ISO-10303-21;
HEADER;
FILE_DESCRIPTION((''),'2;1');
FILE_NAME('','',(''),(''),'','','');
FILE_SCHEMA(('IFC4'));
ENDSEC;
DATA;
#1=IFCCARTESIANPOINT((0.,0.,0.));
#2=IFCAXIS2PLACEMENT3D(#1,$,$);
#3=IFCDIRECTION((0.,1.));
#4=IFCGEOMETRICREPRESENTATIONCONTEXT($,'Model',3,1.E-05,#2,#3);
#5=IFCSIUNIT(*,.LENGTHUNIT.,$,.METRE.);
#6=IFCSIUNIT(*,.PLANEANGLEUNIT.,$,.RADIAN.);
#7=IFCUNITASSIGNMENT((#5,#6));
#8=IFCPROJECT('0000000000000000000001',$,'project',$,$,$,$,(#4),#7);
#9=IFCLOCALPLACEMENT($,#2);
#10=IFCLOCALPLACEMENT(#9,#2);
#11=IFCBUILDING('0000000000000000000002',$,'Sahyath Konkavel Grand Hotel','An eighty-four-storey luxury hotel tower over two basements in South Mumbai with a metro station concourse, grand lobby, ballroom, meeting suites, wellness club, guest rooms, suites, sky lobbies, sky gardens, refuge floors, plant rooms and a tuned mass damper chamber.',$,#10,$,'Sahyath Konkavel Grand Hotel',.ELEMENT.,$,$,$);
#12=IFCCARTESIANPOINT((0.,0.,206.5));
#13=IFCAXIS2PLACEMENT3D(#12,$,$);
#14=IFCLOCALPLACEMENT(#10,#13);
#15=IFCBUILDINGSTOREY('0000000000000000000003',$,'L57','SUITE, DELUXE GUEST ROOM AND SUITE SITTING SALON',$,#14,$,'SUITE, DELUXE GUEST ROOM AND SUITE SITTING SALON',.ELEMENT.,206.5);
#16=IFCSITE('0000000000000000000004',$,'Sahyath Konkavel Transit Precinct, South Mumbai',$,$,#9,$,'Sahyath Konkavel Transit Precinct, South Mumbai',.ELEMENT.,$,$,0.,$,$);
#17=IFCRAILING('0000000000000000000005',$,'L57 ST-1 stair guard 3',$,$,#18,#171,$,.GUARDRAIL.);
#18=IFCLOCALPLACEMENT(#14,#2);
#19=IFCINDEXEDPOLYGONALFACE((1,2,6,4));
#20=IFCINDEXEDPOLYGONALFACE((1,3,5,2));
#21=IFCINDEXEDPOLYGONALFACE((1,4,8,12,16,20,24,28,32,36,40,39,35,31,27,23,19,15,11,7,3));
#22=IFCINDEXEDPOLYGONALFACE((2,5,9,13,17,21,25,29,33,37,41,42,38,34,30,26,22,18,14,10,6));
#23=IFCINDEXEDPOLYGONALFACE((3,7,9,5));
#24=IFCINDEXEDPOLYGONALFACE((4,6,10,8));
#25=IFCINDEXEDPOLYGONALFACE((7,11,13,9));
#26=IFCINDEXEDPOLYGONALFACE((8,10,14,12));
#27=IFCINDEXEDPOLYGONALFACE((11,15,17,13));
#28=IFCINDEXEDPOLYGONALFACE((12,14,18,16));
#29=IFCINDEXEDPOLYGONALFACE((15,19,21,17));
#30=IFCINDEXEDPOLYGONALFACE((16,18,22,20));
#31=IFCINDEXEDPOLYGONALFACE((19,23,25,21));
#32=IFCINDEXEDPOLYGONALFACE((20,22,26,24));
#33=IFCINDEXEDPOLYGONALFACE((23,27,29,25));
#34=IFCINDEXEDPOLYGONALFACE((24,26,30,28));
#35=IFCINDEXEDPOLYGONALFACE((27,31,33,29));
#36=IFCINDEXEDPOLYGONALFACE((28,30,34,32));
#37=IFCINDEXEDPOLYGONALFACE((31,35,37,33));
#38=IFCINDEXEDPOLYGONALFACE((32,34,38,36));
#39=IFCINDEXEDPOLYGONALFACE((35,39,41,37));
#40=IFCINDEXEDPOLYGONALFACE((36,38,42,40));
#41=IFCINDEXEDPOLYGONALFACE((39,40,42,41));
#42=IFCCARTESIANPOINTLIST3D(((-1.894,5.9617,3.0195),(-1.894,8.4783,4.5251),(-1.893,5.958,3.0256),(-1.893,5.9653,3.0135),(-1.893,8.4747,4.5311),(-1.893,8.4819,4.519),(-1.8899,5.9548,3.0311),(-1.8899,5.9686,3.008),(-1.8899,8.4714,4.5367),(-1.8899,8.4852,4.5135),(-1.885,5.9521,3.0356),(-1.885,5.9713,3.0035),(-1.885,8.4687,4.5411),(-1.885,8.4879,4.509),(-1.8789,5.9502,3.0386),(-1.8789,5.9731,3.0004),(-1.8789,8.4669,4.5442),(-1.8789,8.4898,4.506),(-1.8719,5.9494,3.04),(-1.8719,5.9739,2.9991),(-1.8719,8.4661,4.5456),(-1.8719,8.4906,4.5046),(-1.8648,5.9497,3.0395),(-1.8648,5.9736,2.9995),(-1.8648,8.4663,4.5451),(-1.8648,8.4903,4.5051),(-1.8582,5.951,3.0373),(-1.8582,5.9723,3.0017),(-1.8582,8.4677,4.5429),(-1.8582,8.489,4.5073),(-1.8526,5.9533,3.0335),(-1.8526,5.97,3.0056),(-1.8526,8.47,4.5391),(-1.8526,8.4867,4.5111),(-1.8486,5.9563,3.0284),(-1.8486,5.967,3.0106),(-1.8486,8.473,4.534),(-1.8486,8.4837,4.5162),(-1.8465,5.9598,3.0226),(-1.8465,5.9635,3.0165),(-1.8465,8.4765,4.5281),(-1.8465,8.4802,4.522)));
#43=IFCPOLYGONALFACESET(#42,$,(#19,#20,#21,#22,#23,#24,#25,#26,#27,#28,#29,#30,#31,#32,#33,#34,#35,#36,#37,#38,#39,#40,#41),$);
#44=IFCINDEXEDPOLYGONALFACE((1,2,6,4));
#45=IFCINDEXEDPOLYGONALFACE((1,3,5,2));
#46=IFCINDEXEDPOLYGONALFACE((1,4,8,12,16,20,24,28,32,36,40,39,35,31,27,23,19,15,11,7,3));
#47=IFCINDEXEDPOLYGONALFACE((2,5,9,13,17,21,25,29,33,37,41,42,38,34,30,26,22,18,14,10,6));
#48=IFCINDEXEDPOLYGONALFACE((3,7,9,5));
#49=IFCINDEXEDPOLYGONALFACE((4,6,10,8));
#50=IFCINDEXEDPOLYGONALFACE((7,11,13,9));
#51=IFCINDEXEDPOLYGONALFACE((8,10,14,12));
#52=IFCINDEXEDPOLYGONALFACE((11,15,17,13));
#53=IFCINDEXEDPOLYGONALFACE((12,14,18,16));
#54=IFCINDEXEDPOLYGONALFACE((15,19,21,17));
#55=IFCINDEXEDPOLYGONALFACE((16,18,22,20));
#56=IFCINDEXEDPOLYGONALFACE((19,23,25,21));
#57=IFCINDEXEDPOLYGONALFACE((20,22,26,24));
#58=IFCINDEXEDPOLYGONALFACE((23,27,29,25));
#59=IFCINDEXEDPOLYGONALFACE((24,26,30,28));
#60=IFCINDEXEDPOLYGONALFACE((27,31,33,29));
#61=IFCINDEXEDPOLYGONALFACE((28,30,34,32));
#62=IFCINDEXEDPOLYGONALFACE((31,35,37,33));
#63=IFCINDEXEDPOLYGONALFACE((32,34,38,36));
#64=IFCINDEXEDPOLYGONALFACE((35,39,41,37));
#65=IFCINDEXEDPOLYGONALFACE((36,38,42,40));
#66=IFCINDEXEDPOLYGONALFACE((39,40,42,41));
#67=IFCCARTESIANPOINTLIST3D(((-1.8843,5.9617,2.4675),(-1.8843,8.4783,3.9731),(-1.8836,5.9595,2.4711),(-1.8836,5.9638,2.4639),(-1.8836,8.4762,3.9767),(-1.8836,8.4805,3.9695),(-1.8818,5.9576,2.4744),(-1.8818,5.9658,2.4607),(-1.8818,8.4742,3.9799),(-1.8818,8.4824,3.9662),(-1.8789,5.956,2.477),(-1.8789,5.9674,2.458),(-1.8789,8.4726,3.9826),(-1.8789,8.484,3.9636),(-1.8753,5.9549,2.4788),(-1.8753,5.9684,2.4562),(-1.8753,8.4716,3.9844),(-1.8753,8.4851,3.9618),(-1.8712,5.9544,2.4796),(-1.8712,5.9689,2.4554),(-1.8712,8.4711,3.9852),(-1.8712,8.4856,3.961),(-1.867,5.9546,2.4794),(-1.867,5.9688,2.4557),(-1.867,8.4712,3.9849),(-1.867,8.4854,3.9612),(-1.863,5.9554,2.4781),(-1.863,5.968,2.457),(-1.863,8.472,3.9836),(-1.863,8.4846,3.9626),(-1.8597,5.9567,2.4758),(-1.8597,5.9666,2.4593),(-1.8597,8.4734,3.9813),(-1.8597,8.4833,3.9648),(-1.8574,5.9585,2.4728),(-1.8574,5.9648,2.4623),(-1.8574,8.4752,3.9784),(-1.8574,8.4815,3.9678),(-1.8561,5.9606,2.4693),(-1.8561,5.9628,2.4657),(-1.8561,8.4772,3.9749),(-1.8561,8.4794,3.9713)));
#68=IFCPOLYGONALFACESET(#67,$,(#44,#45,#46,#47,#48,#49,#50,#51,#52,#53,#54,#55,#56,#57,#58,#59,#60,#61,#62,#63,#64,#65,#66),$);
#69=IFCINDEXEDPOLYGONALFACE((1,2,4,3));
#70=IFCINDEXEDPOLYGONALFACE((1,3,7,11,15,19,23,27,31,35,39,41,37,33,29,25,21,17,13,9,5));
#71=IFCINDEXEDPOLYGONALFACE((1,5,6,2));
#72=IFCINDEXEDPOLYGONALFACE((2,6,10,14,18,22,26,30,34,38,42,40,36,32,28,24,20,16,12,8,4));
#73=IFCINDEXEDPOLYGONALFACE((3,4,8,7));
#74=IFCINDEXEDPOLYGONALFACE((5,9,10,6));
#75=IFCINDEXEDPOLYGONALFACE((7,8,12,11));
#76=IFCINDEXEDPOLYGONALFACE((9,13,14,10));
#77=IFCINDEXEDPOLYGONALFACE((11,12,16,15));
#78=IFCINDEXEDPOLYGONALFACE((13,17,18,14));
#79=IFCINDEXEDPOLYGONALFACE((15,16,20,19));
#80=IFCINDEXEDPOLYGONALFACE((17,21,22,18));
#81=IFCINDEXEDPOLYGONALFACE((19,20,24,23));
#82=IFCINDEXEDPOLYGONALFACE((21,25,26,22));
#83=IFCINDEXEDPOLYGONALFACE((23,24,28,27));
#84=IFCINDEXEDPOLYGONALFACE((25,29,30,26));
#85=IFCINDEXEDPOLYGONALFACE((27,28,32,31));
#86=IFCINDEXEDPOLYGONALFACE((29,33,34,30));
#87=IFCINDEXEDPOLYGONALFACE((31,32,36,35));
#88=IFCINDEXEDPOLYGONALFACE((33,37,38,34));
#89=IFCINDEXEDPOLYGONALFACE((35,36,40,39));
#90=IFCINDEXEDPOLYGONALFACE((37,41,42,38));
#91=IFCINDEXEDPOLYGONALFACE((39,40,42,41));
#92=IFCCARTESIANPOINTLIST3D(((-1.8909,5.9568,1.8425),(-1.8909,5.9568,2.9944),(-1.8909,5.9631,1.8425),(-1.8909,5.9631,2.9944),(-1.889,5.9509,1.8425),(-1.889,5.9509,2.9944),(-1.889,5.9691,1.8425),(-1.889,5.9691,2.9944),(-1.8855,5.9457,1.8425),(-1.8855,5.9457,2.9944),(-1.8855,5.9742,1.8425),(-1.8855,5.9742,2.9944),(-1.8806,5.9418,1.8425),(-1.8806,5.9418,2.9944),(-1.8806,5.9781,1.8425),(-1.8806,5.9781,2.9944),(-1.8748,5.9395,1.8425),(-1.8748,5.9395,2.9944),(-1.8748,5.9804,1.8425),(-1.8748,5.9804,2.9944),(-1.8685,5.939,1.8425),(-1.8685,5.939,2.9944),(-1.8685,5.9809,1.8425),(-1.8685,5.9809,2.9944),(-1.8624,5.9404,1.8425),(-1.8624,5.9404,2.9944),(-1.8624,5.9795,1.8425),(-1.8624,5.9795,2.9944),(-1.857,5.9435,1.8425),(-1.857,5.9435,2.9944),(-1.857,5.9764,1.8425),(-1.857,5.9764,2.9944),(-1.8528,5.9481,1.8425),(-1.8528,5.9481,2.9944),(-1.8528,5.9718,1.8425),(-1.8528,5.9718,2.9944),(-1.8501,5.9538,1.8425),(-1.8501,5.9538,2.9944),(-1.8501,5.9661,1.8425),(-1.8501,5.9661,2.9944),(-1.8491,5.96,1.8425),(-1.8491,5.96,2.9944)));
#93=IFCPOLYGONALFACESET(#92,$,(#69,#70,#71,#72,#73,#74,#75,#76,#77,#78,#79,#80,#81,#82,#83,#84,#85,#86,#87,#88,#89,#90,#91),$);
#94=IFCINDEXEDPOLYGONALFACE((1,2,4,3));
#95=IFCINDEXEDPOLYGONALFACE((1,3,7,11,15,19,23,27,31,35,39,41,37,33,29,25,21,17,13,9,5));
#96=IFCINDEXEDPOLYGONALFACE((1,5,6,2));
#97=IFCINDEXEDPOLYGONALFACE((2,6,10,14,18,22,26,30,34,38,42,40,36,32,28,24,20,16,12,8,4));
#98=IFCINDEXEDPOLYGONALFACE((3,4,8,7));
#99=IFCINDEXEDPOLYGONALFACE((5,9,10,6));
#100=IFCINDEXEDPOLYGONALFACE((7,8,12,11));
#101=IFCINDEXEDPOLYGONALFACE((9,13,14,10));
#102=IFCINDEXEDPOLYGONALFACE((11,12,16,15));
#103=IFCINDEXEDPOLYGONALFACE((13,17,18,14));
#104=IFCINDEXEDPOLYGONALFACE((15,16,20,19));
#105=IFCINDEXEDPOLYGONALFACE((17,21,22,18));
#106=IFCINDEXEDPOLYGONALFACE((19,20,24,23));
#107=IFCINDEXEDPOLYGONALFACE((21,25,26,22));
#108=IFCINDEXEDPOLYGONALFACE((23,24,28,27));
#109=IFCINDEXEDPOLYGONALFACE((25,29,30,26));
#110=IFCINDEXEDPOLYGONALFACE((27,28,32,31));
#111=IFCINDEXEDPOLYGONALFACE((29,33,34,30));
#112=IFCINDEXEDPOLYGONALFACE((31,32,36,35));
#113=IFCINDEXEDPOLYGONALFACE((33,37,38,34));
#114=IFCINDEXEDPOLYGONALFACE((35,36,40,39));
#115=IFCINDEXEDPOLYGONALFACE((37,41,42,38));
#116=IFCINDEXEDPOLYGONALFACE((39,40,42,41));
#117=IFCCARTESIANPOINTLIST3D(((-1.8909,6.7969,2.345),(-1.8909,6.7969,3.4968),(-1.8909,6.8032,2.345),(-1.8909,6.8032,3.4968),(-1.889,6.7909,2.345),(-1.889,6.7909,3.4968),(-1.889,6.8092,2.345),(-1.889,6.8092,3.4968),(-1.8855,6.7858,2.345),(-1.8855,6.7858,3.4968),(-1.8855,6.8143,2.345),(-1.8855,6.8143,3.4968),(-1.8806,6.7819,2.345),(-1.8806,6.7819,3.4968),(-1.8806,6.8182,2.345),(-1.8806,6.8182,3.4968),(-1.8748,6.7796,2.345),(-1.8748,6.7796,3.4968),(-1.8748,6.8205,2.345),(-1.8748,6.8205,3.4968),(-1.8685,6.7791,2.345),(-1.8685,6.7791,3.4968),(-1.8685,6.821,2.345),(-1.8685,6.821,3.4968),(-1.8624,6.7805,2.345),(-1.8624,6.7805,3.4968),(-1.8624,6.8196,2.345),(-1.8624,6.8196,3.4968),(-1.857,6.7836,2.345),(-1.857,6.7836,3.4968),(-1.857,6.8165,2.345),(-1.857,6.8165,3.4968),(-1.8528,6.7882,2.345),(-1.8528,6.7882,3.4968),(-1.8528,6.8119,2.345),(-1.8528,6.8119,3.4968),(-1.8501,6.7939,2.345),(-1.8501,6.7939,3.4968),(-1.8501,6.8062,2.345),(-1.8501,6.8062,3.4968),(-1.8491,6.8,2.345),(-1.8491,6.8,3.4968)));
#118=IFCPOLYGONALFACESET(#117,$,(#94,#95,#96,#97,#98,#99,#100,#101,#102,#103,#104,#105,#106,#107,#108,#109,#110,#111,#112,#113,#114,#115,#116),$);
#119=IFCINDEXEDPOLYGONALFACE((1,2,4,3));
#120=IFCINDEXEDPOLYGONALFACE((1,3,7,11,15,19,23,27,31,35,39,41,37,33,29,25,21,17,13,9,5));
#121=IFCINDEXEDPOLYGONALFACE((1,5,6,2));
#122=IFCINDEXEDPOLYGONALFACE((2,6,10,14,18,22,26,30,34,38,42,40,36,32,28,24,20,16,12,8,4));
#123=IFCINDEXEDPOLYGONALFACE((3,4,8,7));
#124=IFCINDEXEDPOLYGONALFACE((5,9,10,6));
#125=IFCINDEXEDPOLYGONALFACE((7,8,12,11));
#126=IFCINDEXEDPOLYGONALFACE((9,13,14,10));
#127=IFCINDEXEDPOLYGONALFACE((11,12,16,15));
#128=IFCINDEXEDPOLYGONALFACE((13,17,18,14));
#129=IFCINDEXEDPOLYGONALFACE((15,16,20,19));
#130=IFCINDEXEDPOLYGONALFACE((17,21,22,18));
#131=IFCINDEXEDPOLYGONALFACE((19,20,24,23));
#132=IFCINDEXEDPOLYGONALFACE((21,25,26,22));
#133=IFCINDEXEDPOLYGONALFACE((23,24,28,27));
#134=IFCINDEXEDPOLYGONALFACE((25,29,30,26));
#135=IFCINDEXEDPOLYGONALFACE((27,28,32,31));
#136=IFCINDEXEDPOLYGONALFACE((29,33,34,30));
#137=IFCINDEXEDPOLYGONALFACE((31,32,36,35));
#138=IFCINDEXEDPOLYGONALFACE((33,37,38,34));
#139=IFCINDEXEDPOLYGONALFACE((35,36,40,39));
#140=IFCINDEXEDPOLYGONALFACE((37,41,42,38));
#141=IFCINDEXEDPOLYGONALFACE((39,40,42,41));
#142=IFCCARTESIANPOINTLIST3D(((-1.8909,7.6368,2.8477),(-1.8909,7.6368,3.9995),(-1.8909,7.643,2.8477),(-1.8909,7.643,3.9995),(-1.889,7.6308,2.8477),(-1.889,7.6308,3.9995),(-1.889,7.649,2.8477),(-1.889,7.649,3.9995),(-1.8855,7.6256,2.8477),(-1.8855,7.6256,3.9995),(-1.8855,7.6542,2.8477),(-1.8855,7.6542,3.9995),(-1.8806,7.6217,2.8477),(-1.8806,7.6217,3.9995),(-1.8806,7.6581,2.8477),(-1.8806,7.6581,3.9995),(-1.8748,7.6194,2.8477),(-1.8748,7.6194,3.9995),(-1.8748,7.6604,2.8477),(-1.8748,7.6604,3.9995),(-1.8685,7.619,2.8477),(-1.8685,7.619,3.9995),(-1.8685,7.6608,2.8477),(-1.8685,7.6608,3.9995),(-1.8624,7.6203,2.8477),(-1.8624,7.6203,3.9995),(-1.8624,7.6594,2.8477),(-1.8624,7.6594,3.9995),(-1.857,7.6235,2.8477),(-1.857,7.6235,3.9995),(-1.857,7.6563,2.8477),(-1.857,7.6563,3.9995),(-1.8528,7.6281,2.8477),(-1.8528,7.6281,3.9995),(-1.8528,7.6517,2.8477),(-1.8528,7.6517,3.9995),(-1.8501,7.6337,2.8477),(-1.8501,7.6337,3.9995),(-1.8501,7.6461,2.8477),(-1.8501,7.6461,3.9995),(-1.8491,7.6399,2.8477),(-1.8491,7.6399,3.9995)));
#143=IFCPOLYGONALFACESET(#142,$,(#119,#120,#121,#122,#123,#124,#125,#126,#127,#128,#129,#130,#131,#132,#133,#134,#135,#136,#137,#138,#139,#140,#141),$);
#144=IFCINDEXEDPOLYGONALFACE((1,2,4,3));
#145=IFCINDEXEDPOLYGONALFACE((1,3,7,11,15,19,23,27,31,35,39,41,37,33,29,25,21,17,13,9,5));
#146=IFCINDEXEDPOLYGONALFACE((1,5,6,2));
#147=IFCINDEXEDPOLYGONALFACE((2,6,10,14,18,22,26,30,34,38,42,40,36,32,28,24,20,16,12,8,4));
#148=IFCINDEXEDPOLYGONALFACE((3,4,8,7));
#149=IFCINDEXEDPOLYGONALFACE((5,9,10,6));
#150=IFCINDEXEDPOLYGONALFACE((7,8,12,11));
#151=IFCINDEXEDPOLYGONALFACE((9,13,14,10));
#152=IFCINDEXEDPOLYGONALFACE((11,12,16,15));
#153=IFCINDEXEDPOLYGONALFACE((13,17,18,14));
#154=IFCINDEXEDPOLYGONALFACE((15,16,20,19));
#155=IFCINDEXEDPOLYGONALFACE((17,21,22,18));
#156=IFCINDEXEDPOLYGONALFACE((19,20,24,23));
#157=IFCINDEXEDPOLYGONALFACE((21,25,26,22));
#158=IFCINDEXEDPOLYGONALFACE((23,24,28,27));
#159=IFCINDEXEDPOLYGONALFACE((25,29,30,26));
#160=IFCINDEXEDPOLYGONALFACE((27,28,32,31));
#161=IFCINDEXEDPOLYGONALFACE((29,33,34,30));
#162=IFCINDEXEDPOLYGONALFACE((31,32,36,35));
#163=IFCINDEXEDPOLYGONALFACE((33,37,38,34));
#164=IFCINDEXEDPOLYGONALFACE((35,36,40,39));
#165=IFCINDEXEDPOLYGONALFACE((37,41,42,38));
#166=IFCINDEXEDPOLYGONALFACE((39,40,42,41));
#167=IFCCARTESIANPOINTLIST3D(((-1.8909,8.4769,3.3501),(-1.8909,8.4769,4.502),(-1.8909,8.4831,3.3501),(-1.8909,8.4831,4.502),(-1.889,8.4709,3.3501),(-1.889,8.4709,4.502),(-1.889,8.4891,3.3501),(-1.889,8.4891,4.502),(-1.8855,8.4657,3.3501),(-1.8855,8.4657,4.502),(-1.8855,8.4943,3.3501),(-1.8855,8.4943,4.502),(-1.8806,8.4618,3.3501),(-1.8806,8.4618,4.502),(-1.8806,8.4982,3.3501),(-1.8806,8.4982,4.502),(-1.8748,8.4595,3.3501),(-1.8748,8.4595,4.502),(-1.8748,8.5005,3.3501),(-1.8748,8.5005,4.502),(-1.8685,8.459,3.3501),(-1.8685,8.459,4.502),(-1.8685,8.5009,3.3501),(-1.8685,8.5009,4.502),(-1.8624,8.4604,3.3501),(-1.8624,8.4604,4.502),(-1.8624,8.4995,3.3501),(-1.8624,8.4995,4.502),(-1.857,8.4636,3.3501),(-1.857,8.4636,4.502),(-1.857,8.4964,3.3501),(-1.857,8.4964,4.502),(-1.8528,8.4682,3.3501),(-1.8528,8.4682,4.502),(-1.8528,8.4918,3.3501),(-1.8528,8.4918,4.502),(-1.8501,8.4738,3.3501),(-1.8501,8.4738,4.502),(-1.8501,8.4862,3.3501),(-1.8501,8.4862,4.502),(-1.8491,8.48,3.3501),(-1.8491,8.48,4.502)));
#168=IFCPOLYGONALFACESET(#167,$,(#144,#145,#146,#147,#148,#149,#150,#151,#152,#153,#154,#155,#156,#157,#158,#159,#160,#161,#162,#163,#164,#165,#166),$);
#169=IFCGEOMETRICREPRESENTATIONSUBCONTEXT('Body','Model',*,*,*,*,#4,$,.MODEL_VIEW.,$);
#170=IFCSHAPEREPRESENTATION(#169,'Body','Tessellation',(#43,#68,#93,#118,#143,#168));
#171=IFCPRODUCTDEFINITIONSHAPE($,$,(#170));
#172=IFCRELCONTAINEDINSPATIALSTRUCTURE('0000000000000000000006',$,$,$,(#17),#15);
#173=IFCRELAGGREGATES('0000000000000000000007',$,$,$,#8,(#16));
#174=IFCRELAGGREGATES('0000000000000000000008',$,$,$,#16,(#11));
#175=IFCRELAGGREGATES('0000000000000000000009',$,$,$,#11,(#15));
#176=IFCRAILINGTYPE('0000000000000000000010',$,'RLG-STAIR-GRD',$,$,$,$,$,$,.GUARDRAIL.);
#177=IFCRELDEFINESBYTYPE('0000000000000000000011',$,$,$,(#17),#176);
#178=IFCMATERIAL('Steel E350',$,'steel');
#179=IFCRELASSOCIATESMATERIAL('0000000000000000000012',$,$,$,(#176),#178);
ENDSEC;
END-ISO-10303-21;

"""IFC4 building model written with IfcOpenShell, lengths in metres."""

from ifc_helpers import new_model, si_unit, direction, frame, origin, origin_2d, place, context, subcontext, project, spatial, circle, extrude, material, type_object, element, save


model = new_model("IFC4")

# Units and contexts
model_context = context("Model", 3, precision=1e-05, world=origin(), true_north=direction((0.0, 1.0)))
body_context = subcontext(model_context, "Body", "Model", "MODEL_VIEW")
ifc_project = project(units=[si_unit("LENGTHUNIT", "METRE"), si_unit("PLANEANGLEUNIT", "RADIAN")], contexts=[model_context])

# Site, building, storey
site_placement = place(None, origin())
site = spatial("IfcSite", under=ifc_project, at=site_placement, Name="Sahyath Konkavel Transit Precinct, South Mumbai", LongName="Sahyath Konkavel Transit Precinct, South Mumbai", CompositionType="ELEMENT", RefElevation=0.0)
building_placement = place(site_placement, origin())
building = spatial("IfcBuilding", under=site, at=building_placement, Name="Sahyath Konkavel Grand Hotel", Description="An eighty-four-storey luxury hotel tower over two basements in South Mumbai with a metro station concourse, grand lobby, ballroom, meeting suites, wellness club, guest rooms, suites, sky lobbies, sky gardens, refuge floors, plant rooms and a tuned mass damper chamber.", LongName="Sahyath Konkavel Grand Hotel", CompositionType="ELEMENT")
storey_placement = place(building_placement, frame((0.0, 0.0, 206.5)))
storey = spatial("IfcBuildingStorey", under=building, at=storey_placement, Name="L57", Description="SUITE, DELUXE GUEST ROOM AND SUITE SITTING SALON", LongName="SUITE, DELUXE GUEST ROOM AND SUITE SITTING SALON", CompositionType="ELEMENT", Elevation=206.5)

# Shared definitions
ifc_material_1 = material(Name="Steel E350", Category="steel")

# Railing
railing_type = type_object("IfcRailingType", Name="RLG-STAIR-GRD", PredefinedType="GUARDRAIL", material=ifc_material_1)
railing_1_placement = place(storey_placement, frame((-1.8701, 5.96, 1.8425)))
element("IfcRailing", 1, at=railing_1_placement, inside=storey, type_object=railing_type, Name="L57 ST-1 stair guard 3", PredefinedType="GUARDRAIL", context=body_context, shape_type="SweptSolid", body=[
    extrude(circle(Radius=0.0239, at=origin_2d()), frame((0.0, 0.0017, 1.177), z_axis=(0.0, 0.85816, 0.513383), x_axis=(-1.0, 0.0, 0.0)), (0.0, 0.0, 1.0), 2.9326),
    extrude(circle(Radius=0.0142, at=origin_2d()), frame((0.0, 0.0017, 0.625), z_axis=(0.0, 0.85816, 0.513383), x_axis=(-1.0, 0.0, 0.0)), (0.0, 0.0, 1.0), 2.9326),
    extrude(circle(Radius=0.021, at=origin_2d()), origin(), (0.0, 0.0, 1.0), 1.1519),
    extrude(circle(Radius=0.021, at=origin_2d()), frame((0.0, 0.8401, 0.5024)), (0.0, 0.0, 1.0), 1.1519),
    extrude(circle(Radius=0.021, at=origin_2d()), frame((0.0, 1.6799, 1.0051)), (0.0, 0.0, 1.0), 1.1519),
    extrude(circle(Radius=0.021, at=origin_2d()), frame((0.0, 2.52, 1.5076)), (0.0, 0.0, 1.0), 1.1519),
])

save(model, "model.ifc")
